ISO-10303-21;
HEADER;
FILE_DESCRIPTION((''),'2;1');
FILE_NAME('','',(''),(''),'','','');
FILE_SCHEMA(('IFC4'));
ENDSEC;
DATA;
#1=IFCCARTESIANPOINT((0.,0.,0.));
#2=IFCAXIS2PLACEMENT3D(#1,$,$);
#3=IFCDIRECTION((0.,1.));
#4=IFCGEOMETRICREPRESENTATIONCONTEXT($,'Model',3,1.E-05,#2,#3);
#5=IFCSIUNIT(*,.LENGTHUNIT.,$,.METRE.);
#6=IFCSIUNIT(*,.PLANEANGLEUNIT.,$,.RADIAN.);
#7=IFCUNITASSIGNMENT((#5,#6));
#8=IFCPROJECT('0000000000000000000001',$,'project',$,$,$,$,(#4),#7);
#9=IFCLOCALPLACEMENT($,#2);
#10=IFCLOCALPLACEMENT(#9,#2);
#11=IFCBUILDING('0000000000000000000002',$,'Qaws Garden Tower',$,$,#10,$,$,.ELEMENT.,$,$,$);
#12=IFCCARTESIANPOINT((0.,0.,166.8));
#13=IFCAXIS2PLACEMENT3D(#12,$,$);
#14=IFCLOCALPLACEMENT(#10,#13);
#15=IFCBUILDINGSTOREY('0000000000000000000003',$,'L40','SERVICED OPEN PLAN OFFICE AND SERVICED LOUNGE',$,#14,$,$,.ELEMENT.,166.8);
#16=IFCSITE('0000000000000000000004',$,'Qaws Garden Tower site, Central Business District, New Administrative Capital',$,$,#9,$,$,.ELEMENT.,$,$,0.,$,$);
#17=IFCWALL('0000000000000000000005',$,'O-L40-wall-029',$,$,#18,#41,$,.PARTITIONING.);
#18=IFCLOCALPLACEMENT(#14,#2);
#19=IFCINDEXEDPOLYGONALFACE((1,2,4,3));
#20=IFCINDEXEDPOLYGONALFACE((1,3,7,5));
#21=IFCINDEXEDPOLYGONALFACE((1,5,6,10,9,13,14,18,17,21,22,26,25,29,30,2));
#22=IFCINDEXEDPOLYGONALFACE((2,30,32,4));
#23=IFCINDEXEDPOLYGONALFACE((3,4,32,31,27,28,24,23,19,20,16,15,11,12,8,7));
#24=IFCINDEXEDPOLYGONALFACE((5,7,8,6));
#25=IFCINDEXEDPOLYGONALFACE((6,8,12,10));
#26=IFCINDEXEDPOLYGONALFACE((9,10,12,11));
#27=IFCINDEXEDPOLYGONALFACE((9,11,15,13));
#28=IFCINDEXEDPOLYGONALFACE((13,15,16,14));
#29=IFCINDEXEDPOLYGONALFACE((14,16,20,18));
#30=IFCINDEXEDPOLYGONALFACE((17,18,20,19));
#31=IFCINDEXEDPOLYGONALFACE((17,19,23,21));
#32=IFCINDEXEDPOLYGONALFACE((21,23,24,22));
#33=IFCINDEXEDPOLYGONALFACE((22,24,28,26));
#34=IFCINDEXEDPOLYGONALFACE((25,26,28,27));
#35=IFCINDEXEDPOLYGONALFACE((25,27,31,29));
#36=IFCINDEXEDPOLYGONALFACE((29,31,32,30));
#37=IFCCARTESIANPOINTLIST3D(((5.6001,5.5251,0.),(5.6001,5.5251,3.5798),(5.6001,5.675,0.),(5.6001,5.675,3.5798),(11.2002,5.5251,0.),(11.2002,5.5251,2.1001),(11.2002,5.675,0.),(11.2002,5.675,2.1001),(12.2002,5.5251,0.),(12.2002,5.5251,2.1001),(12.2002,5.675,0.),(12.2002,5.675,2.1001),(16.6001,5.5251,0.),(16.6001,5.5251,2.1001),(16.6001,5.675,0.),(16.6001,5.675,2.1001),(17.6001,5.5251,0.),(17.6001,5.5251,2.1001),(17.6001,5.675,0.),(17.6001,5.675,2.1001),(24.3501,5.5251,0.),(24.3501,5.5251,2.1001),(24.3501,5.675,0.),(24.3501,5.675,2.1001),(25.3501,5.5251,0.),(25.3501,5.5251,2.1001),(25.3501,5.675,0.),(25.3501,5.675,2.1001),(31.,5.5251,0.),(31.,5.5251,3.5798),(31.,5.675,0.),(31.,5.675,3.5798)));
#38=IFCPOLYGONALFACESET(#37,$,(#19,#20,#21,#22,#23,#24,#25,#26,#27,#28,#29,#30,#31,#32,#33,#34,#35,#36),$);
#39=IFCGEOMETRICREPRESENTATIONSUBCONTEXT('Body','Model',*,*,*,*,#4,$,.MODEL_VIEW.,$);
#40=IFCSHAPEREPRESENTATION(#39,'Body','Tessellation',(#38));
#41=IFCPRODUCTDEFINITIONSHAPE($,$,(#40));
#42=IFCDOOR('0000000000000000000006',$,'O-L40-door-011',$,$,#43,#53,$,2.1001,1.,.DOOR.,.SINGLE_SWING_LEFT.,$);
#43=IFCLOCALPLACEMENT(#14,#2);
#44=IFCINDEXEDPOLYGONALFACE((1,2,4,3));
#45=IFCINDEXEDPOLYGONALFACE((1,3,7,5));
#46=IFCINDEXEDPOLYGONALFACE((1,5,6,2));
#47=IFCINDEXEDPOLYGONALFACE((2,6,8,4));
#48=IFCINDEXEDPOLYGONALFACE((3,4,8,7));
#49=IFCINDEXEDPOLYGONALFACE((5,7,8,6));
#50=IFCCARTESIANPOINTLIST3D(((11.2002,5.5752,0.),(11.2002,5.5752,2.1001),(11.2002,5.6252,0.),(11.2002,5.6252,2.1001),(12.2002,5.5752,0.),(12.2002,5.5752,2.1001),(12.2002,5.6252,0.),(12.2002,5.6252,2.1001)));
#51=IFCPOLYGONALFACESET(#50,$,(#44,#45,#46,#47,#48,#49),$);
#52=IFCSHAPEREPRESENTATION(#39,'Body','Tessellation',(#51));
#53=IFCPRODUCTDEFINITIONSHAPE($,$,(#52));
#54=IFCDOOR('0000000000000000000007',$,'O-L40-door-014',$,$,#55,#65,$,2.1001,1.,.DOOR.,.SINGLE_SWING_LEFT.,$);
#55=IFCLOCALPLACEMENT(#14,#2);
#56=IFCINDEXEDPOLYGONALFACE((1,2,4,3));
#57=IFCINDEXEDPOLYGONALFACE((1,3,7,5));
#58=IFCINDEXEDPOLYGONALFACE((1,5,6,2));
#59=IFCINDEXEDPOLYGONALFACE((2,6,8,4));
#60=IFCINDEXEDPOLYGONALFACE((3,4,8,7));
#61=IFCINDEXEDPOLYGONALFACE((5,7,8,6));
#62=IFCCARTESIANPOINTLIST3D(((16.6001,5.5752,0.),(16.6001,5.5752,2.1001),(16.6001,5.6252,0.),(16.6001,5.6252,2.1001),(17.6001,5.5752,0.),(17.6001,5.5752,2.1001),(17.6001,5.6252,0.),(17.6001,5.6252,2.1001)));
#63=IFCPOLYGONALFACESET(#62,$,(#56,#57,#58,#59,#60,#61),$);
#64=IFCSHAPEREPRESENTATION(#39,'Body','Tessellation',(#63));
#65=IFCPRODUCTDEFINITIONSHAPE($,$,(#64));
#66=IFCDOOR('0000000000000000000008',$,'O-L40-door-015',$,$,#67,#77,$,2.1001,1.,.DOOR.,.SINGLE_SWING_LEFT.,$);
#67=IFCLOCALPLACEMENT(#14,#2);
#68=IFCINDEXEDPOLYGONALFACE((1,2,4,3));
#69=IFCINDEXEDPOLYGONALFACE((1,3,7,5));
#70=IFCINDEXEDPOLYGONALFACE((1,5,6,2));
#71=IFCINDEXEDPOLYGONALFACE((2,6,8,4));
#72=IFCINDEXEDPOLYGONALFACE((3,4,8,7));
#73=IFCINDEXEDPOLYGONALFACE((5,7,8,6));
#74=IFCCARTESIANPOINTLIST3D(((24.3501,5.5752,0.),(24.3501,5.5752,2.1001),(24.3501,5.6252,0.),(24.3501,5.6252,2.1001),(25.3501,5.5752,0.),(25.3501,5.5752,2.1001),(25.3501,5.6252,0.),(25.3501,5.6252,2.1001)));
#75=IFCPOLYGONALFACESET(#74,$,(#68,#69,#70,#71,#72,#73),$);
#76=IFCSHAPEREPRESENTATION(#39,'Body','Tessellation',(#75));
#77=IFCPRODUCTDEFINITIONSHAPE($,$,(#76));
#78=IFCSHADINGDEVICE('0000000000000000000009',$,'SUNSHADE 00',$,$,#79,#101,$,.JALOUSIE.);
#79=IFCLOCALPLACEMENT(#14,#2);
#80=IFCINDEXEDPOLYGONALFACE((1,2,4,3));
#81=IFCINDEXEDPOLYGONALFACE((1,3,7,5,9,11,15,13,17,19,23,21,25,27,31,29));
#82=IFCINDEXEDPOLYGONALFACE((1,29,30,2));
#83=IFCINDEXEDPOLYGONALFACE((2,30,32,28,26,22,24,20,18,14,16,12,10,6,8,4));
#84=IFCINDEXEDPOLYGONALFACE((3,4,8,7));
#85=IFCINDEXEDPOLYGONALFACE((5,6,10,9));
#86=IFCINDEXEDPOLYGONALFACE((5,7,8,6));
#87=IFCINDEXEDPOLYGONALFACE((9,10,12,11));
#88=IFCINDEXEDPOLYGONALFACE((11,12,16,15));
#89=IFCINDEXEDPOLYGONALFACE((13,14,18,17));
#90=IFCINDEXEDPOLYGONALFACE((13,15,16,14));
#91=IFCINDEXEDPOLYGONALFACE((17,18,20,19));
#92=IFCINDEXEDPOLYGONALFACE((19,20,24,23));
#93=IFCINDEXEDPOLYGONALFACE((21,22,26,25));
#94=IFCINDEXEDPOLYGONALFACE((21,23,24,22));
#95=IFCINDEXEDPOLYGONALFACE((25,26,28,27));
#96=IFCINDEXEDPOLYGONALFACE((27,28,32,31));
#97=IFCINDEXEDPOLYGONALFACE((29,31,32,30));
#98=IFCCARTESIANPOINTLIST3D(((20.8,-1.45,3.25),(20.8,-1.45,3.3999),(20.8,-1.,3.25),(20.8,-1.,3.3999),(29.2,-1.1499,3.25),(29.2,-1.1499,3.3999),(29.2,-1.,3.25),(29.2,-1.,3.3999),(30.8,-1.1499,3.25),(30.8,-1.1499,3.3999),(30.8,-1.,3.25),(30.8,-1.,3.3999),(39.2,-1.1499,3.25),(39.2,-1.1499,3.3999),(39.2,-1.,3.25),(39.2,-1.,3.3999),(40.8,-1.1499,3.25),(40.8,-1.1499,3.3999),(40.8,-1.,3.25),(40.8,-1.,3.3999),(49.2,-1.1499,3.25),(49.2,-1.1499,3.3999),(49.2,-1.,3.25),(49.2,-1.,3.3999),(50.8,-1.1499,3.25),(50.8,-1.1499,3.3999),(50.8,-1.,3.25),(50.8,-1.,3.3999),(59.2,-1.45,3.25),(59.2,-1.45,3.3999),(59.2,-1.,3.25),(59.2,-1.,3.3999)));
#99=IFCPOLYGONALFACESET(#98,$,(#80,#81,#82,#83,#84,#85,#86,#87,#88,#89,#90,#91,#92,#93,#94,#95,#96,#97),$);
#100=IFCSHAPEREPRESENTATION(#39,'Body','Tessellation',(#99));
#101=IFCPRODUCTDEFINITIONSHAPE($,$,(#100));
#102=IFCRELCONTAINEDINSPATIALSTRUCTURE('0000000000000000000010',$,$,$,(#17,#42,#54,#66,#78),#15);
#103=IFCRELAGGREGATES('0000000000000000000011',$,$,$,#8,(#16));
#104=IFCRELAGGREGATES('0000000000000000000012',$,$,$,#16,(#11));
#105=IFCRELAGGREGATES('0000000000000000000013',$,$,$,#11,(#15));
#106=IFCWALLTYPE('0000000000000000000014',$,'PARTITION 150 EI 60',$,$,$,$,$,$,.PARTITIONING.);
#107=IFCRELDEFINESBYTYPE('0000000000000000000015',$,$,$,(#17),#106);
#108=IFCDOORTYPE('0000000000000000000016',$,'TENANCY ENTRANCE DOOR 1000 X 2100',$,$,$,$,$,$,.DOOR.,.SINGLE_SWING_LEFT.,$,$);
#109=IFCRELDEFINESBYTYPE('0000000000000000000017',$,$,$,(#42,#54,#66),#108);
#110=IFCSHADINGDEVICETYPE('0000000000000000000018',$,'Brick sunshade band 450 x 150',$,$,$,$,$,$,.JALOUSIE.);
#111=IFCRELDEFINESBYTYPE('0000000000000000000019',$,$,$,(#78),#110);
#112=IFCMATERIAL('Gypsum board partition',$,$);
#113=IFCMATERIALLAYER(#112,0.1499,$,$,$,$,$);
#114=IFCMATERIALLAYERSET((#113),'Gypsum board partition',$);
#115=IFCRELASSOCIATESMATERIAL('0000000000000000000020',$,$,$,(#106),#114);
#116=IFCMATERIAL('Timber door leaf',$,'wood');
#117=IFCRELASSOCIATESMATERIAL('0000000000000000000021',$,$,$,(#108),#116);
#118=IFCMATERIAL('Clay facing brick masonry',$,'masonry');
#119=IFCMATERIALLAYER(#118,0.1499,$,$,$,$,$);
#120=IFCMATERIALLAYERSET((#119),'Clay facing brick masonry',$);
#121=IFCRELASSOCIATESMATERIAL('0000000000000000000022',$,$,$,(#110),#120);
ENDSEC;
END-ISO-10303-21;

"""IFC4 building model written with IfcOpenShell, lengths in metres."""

from ifc_helpers import new_model, si_unit, direction, frame, frame_2d, origin, place, context, subcontext, project, spatial, polyline, rectangle, outline, extrude, material, layer, layer_set, type_object, element, fill, save


model = new_model("IFC4")

# Units and contexts
model_context = context("Model", 3, precision=1e-05, world=origin(), true_north=direction((0.0, 1.0)))
body_context = subcontext(model_context, "Body", "Model", "MODEL_VIEW")
ifc_project = project(units=[si_unit("LENGTHUNIT", "METRE"), si_unit("PLANEANGLEUNIT", "RADIAN")], contexts=[model_context])

# Site, building, storey
site_placement = place(None, origin())
site = spatial("IfcSite", under=ifc_project, at=site_placement, Name="Qaws Garden Tower site, Central Business District, New Administrative Capital", CompositionType="ELEMENT", RefElevation=0.0)
building_placement = place(site_placement, origin())
building = spatial("IfcBuilding", under=site, at=building_placement, Name="Qaws Garden Tower", CompositionType="ELEMENT")
storey_placement = place(building_placement, frame((0.0, 0.0, 166.8)))
storey = spatial("IfcBuildingStorey", under=building, at=storey_placement, Name="L40", Description="SERVICED OPEN PLAN OFFICE AND SERVICED LOUNGE", CompositionType="ELEMENT", Elevation=166.8)

# Wall, openings, doors
ifc_material_1 = material(Name="Gypsum board partition")
ifc_layer_1 = layer(ifc_material_1, 0.1499)
ifc_layer_set_1 = layer_set([ifc_layer_1], Name="Gypsum board partition")
wall_type_1 = type_object("IfcWallType", Name="PARTITION 150 EI 60", PredefinedType="PARTITIONING", material=ifc_layer_set_1)
ifc_material_2 = material(Name="Timber door leaf", Category="wood")
door_type_1 = type_object("IfcDoorType", Name="TENANCY ENTRANCE DOOR 1000 X 2100", OperationType="SINGLE_SWING_LEFT", PredefinedType="DOOR", material=ifc_material_2)
wall_1_placement = place(storey_placement, frame((5.6001, 5.6001, 0.0), z_axis=(0.0, 0.0, 1.0), x_axis=(1.0, 0.0, 0.0)))
wall_1 = element("IfcWall", 1, at=wall_1_placement, inside=storey, type_object=wall_type_1, Name="O-L40-wall-029", PredefinedType="PARTITIONING", context=body_context, shape_type="SweptSolid", body=[
    extrude(rectangle(XDim=25.3999, YDim=0.1499, at=frame_2d((12.7, 0.0))), origin(), (0.0, 0.0, 1.0), 3.5798),
])
opening_1_placement = place(wall_1_placement, frame((5.6001, 0.0, 0.0)))
opening_1 = element("IfcOpeningElement", 2, at=opening_1_placement, cuts=wall_1, PredefinedType="OPENING", context=body_context, shape_type="SweptSolid", body=[
    extrude(rectangle(XDim=1.0, YDim=2.1001, at=frame_2d((0.5, 1.05))), frame((0.0, 0.085, 0.0), z_axis=(0.0, -1.0, 0.0), x_axis=(1.0, 0.0, 0.0)), (0.0, 0.0, 1.0), 0.1699),
])
opening_2_placement = place(wall_1_placement, frame((11.0, 0.0, 0.0)))
opening_2 = element("IfcOpeningElement", 3, at=opening_2_placement, cuts=wall_1, PredefinedType="OPENING", context=body_context, shape_type="SweptSolid", body=[
    extrude(rectangle(XDim=1.0, YDim=2.1001, at=frame_2d((0.5, 1.05))), frame((0.0, 0.085, 0.0), z_axis=(0.0, -1.0, 0.0), x_axis=(1.0, 0.0, 0.0)), (0.0, 0.0, 1.0), 0.1699),
])
opening_3_placement = place(wall_1_placement, frame((18.75, 0.0, 0.0)))
opening_3 = element("IfcOpeningElement", 4, at=opening_3_placement, cuts=wall_1, PredefinedType="OPENING", context=body_context, shape_type="SweptSolid", body=[
    extrude(rectangle(XDim=1.0, YDim=2.1001, at=frame_2d((0.5, 1.05))), frame((0.0, 0.085, 0.0), z_axis=(0.0, -1.0, 0.0), x_axis=(1.0, 0.0, 0.0)), (0.0, 0.0, 1.0), 0.1699),
])
door_1_placement = place(opening_1_placement, frame((1.0, 0.0, 0.0), z_axis=(0.0, 0.0, 1.0), x_axis=(-1.0, 0.0, 0.0)))
door_1 = element("IfcDoor", 5, at=door_1_placement, inside=storey, type_object=door_type_1, Name="O-L40-door-011", OperationType="SINGLE_SWING_LEFT", OverallHeight=2.1001, OverallWidth=1.0, PredefinedType="DOOR", context=body_context, shape_type="SweptSolid", body=[
    extrude(rectangle(XDim=1.0, YDim=2.1001, at=frame_2d((0.5, 1.05))), frame((0.0, 0.0249, 0.0), z_axis=(0.0, -1.0, 0.0), x_axis=(1.0, 0.0, 0.0)), (0.0, 0.0, 1.0), 0.05),
])
fill(opening_1, door_1)
door_2_placement = place(opening_2_placement, frame((1.0, 0.0, 0.0), z_axis=(0.0, 0.0, 1.0), x_axis=(-1.0, 0.0, 0.0)))
door_2 = element("IfcDoor", 6, at=door_2_placement, inside=storey, type_object=door_type_1, Name="O-L40-door-014", OperationType="SINGLE_SWING_LEFT", OverallHeight=2.1001, OverallWidth=1.0, PredefinedType="DOOR", context=body_context, shape_type="SweptSolid", body=[
    extrude(rectangle(XDim=1.0, YDim=2.1001, at=frame_2d((0.5, 1.05))), frame((0.0, 0.0249, 0.0), z_axis=(0.0, -1.0, 0.0), x_axis=(1.0, 0.0, 0.0)), (0.0, 0.0, 1.0), 0.05),
])
fill(opening_2, door_2)
door_3_placement = place(opening_3_placement, frame((1.0, 0.0, 0.0), z_axis=(0.0, 0.0, 1.0), x_axis=(-1.0, 0.0, 0.0)))
door_3 = element("IfcDoor", 7, at=door_3_placement, inside=storey, type_object=door_type_1, Name="O-L40-door-015", OperationType="SINGLE_SWING_LEFT", OverallHeight=2.1001, OverallWidth=1.0, PredefinedType="DOOR", context=body_context, shape_type="SweptSolid", body=[
    extrude(rectangle(XDim=1.0, YDim=2.1001, at=frame_2d((0.5, 1.05))), frame((0.0, 0.0249, 0.0), z_axis=(0.0, -1.0, 0.0), x_axis=(1.0, 0.0, 0.0)), (0.0, 0.0, 1.0), 0.05),
])
fill(opening_3, door_3)

# Shading device
ifc_material_3 = material(Name="Clay facing brick masonry", Category="masonry")
ifc_layer_2 = layer(ifc_material_3, 0.1499)
ifc_layer_set_2 = layer_set([ifc_layer_2], Name="Clay facing brick masonry")
shading_device_type = type_object("IfcShadingDeviceType", Name="Brick sunshade band 450 x 150", PredefinedType="JALOUSIE", material=ifc_layer_set_2)
shading_device_placement = place(storey_placement, frame((0.0, 0.0, 3.25)))
element("IfcShadingDevice", 8, at=shading_device_placement, inside=storey, type_object=shading_device_type, Name="SUNSHADE 00", PredefinedType="JALOUSIE", context=body_context, shape_type="SweptSolid", body=[
    extrude(outline(polyline([(20.8, -1.0), (20.8, -1.45), (59.2, -1.45), (59.2, -1.0), (50.8, -1.0), (50.8, -1.1499), (49.2, -1.1499), (49.2, -1.0), (40.8, -1.0), (40.8, -1.1499), (39.2, -1.1499), (39.2, -1.0), (30.8, -1.0), (30.8, -1.1499), (29.2, -1.1499), (29.2, -1.0), (20.8, -1.0)])), origin(), (0.0, 0.0, 1.0), 0.1499),
])

save(model, "model.ifc")
